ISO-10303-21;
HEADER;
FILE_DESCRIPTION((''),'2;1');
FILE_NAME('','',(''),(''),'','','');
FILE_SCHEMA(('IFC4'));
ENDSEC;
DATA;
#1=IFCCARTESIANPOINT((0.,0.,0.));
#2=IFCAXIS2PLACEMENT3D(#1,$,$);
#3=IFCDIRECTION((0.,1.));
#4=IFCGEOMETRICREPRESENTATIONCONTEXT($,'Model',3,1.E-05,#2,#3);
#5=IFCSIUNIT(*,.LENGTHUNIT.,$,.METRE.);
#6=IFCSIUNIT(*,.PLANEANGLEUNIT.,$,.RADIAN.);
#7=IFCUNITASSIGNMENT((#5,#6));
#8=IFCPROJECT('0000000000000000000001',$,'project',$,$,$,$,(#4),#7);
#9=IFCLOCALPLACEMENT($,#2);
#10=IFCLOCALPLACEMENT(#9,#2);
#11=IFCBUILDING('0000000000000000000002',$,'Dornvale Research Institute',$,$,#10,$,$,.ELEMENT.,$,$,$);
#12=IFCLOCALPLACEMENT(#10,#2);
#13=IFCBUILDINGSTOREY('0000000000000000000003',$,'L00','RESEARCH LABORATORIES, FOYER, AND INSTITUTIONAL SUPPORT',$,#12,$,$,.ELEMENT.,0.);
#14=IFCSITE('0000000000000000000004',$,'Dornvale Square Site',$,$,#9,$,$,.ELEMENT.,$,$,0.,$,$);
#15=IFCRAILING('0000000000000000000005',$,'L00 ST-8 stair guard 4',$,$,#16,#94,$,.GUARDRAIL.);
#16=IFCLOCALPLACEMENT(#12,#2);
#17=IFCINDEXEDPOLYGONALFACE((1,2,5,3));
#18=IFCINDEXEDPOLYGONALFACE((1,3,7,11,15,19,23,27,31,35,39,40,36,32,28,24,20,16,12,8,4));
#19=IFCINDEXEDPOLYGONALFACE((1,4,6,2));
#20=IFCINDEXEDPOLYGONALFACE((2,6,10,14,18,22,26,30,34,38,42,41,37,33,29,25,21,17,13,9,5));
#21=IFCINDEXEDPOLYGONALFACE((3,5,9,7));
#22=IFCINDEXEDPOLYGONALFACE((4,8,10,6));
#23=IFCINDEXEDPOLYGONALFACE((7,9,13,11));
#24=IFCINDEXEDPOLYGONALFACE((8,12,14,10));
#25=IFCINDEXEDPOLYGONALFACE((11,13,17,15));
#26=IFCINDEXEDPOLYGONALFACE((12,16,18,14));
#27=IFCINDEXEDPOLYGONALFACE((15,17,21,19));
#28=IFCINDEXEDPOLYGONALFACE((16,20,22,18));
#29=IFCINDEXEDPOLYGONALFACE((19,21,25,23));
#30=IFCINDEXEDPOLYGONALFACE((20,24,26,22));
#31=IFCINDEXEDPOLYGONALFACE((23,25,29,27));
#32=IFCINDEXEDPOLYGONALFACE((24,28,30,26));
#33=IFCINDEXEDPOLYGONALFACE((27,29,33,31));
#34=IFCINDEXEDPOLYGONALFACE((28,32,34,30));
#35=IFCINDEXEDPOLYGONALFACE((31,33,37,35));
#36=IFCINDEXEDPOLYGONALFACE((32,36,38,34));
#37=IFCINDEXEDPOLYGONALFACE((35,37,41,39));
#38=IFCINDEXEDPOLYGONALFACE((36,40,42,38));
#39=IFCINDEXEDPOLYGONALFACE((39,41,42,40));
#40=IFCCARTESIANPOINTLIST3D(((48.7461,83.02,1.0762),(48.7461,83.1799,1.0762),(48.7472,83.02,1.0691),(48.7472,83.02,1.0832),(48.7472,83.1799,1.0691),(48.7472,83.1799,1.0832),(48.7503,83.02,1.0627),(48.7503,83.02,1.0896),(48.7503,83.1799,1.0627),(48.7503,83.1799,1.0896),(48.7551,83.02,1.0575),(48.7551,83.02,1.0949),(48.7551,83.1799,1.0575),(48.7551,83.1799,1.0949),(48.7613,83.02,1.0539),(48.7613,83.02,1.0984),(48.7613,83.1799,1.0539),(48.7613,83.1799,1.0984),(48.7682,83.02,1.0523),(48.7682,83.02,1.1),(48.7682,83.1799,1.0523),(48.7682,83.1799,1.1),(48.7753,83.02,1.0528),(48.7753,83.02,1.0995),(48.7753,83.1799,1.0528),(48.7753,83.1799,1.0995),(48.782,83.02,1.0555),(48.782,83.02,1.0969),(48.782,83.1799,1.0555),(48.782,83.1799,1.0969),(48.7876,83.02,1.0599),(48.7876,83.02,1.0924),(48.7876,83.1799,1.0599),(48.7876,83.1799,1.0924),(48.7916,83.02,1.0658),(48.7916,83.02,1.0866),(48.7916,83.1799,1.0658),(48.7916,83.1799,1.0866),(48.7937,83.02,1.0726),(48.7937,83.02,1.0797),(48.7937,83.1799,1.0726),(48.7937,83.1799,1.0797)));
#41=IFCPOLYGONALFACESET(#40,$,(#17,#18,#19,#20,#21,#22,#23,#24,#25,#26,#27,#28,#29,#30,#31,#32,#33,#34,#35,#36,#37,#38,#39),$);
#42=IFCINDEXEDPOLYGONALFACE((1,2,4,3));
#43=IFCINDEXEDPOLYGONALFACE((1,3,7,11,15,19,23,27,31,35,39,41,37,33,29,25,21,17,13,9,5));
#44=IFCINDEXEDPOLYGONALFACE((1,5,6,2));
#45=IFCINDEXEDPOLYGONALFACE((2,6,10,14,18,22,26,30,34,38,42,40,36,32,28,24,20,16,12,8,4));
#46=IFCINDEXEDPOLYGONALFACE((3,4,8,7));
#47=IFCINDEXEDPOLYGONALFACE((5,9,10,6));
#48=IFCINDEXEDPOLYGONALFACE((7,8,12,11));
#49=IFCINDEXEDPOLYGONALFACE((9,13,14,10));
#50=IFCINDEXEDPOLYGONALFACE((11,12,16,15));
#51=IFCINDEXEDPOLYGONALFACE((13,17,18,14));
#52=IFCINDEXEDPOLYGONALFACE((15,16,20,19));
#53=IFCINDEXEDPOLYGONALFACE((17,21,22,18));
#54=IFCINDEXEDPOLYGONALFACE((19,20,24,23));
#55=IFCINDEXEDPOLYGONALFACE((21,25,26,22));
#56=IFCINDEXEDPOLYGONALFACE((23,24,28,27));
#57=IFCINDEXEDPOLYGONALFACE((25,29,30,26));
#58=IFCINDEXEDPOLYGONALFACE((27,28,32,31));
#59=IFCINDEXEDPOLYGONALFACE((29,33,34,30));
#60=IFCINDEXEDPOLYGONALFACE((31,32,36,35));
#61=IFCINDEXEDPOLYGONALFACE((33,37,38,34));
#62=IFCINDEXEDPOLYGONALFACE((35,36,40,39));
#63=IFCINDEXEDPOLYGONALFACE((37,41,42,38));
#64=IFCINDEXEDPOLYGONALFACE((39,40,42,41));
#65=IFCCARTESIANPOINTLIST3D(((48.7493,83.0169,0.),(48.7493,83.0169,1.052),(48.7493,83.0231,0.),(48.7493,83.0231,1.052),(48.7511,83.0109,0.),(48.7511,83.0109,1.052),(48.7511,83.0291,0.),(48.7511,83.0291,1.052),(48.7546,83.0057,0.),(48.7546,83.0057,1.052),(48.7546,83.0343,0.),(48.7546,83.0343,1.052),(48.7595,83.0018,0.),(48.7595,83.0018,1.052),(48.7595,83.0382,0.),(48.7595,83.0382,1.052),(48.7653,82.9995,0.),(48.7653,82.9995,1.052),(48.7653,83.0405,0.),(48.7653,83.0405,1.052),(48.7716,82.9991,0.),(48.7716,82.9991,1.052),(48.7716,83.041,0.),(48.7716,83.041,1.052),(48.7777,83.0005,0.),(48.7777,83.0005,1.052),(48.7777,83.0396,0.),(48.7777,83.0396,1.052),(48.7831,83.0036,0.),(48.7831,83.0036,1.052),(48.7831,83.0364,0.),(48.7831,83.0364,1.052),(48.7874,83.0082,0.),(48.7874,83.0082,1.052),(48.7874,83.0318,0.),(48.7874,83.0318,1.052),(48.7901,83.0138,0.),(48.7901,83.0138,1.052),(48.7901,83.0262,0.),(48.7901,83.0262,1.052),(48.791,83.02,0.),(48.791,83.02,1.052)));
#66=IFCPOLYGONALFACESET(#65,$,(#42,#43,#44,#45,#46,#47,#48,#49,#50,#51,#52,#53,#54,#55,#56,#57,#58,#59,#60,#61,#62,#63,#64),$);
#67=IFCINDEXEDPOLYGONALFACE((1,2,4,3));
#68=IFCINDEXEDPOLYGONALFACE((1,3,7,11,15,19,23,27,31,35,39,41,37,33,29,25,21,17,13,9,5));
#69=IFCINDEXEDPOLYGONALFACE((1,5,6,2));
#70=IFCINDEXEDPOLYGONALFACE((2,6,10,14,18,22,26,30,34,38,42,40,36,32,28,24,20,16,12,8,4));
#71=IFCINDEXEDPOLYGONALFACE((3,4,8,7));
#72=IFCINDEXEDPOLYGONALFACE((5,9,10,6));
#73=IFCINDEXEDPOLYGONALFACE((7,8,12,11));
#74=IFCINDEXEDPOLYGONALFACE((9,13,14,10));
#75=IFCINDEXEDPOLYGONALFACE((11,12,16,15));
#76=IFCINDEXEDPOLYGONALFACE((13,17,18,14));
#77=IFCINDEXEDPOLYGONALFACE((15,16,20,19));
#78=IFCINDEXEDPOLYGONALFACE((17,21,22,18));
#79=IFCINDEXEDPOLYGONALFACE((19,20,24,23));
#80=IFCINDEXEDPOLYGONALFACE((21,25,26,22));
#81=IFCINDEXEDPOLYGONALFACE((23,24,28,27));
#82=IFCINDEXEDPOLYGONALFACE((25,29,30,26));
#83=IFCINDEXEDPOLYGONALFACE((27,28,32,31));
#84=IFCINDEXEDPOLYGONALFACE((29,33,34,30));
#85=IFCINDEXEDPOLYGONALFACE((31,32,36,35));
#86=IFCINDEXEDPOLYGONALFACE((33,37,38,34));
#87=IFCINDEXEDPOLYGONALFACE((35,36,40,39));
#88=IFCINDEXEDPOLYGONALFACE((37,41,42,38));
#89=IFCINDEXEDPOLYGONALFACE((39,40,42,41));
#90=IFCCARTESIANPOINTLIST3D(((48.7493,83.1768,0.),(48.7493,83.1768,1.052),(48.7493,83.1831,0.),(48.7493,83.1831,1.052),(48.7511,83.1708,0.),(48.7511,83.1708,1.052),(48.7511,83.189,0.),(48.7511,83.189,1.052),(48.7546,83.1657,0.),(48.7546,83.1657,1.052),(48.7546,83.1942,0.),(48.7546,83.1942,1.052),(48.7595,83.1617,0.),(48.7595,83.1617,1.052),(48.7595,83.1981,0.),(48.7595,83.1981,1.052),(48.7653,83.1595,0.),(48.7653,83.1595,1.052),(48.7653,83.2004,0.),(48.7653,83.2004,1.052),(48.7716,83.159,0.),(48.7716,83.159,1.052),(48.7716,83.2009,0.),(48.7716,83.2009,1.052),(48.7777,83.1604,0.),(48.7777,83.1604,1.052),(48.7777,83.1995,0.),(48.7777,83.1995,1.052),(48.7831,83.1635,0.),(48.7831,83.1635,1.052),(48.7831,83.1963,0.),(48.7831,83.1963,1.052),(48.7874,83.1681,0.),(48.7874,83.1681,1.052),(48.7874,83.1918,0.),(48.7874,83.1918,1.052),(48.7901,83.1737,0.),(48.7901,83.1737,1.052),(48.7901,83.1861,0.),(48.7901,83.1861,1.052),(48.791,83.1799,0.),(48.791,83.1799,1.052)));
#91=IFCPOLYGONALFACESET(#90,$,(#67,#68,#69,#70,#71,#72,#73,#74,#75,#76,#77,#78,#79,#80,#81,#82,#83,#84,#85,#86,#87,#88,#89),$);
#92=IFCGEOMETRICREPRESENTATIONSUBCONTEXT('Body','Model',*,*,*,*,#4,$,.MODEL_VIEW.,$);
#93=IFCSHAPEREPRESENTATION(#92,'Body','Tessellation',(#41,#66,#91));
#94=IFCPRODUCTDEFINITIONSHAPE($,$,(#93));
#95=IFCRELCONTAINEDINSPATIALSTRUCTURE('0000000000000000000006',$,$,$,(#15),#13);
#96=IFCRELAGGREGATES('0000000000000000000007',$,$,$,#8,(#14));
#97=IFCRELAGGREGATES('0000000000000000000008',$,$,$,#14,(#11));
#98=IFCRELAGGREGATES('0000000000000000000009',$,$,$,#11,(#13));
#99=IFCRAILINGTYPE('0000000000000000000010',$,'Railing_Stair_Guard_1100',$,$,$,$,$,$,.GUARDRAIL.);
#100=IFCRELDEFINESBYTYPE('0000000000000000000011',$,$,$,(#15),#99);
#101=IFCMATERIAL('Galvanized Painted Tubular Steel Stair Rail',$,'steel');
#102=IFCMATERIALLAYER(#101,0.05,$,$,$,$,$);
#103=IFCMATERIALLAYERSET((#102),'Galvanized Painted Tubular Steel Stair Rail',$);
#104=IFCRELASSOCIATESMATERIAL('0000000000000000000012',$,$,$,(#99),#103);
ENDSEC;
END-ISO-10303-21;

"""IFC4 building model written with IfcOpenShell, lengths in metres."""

from ifc_helpers import new_model, si_unit, direction, frame, origin, origin_2d, place, context, subcontext, project, spatial, circle, extrude, material, layer, layer_set, type_object, element, save


model = new_model("IFC4")

# Units and contexts
model_context = context("Model", 3, precision=1e-05, world=origin(), true_north=direction((0.0, 1.0)))
body_context = subcontext(model_context, "Body", "Model", "MODEL_VIEW")
ifc_project = project(units=[si_unit("LENGTHUNIT", "METRE"), si_unit("PLANEANGLEUNIT", "RADIAN")], contexts=[model_context])

# Site, building, storey
site_placement = place(None, origin())
site = spatial("IfcSite", under=ifc_project, at=site_placement, Name="Dornvale Square Site", CompositionType="ELEMENT", RefElevation=0.0)
building_placement = place(site_placement, origin())
building = spatial("IfcBuilding", under=site, at=building_placement, Name="Dornvale Research Institute", CompositionType="ELEMENT")
storey_placement = place(building_placement, origin())
storey = spatial("IfcBuildingStorey", under=building, at=storey_placement, Name="L00", Description="RESEARCH LABORATORIES, FOYER, AND INSTITUTIONAL SUPPORT", CompositionType="ELEMENT", Elevation=0.0)

# Railing
ifc_material_1 = material(Name="Galvanized Painted Tubular Steel Stair Rail", Category="steel")
ifc_layer_1 = layer(ifc_material_1, 0.05)
ifc_layer_set_1 = layer_set([ifc_layer_1], Name="Galvanized Painted Tubular Steel Stair Rail")
railing_type_1 = type_object("IfcRailingType", Name="Railing_Stair_Guard_1100", PredefinedType="GUARDRAIL", material=ifc_layer_set_1)
railing_1_placement = place(storey_placement, frame((48.77, 83.02, 0.0)))
element("IfcRailing", 1, at=railing_1_placement, inside=storey, type_object=railing_type_1, Name="L00 ST-8 stair guard 4", PredefinedType="GUARDRAIL", context=body_context, shape_type="SweptSolid", body=[
    extrude(circle(Radius=0.0239, at=origin_2d()), frame((0.0, 0.0, 1.0762), z_axis=(0.0, 1.0, 0.0), x_axis=(-1.0, 0.0, 0.0)), (0.0, 0.0, 1.0), 0.1599),
    extrude(circle(Radius=0.021, at=origin_2d()), origin(), (0.0, 0.0, 1.0), 1.052),
    extrude(circle(Radius=0.021, at=origin_2d()), frame((0.0, 0.1599, 0.0)), (0.0, 0.0, 1.0), 1.052),
])

save(model, "model.ifc")
